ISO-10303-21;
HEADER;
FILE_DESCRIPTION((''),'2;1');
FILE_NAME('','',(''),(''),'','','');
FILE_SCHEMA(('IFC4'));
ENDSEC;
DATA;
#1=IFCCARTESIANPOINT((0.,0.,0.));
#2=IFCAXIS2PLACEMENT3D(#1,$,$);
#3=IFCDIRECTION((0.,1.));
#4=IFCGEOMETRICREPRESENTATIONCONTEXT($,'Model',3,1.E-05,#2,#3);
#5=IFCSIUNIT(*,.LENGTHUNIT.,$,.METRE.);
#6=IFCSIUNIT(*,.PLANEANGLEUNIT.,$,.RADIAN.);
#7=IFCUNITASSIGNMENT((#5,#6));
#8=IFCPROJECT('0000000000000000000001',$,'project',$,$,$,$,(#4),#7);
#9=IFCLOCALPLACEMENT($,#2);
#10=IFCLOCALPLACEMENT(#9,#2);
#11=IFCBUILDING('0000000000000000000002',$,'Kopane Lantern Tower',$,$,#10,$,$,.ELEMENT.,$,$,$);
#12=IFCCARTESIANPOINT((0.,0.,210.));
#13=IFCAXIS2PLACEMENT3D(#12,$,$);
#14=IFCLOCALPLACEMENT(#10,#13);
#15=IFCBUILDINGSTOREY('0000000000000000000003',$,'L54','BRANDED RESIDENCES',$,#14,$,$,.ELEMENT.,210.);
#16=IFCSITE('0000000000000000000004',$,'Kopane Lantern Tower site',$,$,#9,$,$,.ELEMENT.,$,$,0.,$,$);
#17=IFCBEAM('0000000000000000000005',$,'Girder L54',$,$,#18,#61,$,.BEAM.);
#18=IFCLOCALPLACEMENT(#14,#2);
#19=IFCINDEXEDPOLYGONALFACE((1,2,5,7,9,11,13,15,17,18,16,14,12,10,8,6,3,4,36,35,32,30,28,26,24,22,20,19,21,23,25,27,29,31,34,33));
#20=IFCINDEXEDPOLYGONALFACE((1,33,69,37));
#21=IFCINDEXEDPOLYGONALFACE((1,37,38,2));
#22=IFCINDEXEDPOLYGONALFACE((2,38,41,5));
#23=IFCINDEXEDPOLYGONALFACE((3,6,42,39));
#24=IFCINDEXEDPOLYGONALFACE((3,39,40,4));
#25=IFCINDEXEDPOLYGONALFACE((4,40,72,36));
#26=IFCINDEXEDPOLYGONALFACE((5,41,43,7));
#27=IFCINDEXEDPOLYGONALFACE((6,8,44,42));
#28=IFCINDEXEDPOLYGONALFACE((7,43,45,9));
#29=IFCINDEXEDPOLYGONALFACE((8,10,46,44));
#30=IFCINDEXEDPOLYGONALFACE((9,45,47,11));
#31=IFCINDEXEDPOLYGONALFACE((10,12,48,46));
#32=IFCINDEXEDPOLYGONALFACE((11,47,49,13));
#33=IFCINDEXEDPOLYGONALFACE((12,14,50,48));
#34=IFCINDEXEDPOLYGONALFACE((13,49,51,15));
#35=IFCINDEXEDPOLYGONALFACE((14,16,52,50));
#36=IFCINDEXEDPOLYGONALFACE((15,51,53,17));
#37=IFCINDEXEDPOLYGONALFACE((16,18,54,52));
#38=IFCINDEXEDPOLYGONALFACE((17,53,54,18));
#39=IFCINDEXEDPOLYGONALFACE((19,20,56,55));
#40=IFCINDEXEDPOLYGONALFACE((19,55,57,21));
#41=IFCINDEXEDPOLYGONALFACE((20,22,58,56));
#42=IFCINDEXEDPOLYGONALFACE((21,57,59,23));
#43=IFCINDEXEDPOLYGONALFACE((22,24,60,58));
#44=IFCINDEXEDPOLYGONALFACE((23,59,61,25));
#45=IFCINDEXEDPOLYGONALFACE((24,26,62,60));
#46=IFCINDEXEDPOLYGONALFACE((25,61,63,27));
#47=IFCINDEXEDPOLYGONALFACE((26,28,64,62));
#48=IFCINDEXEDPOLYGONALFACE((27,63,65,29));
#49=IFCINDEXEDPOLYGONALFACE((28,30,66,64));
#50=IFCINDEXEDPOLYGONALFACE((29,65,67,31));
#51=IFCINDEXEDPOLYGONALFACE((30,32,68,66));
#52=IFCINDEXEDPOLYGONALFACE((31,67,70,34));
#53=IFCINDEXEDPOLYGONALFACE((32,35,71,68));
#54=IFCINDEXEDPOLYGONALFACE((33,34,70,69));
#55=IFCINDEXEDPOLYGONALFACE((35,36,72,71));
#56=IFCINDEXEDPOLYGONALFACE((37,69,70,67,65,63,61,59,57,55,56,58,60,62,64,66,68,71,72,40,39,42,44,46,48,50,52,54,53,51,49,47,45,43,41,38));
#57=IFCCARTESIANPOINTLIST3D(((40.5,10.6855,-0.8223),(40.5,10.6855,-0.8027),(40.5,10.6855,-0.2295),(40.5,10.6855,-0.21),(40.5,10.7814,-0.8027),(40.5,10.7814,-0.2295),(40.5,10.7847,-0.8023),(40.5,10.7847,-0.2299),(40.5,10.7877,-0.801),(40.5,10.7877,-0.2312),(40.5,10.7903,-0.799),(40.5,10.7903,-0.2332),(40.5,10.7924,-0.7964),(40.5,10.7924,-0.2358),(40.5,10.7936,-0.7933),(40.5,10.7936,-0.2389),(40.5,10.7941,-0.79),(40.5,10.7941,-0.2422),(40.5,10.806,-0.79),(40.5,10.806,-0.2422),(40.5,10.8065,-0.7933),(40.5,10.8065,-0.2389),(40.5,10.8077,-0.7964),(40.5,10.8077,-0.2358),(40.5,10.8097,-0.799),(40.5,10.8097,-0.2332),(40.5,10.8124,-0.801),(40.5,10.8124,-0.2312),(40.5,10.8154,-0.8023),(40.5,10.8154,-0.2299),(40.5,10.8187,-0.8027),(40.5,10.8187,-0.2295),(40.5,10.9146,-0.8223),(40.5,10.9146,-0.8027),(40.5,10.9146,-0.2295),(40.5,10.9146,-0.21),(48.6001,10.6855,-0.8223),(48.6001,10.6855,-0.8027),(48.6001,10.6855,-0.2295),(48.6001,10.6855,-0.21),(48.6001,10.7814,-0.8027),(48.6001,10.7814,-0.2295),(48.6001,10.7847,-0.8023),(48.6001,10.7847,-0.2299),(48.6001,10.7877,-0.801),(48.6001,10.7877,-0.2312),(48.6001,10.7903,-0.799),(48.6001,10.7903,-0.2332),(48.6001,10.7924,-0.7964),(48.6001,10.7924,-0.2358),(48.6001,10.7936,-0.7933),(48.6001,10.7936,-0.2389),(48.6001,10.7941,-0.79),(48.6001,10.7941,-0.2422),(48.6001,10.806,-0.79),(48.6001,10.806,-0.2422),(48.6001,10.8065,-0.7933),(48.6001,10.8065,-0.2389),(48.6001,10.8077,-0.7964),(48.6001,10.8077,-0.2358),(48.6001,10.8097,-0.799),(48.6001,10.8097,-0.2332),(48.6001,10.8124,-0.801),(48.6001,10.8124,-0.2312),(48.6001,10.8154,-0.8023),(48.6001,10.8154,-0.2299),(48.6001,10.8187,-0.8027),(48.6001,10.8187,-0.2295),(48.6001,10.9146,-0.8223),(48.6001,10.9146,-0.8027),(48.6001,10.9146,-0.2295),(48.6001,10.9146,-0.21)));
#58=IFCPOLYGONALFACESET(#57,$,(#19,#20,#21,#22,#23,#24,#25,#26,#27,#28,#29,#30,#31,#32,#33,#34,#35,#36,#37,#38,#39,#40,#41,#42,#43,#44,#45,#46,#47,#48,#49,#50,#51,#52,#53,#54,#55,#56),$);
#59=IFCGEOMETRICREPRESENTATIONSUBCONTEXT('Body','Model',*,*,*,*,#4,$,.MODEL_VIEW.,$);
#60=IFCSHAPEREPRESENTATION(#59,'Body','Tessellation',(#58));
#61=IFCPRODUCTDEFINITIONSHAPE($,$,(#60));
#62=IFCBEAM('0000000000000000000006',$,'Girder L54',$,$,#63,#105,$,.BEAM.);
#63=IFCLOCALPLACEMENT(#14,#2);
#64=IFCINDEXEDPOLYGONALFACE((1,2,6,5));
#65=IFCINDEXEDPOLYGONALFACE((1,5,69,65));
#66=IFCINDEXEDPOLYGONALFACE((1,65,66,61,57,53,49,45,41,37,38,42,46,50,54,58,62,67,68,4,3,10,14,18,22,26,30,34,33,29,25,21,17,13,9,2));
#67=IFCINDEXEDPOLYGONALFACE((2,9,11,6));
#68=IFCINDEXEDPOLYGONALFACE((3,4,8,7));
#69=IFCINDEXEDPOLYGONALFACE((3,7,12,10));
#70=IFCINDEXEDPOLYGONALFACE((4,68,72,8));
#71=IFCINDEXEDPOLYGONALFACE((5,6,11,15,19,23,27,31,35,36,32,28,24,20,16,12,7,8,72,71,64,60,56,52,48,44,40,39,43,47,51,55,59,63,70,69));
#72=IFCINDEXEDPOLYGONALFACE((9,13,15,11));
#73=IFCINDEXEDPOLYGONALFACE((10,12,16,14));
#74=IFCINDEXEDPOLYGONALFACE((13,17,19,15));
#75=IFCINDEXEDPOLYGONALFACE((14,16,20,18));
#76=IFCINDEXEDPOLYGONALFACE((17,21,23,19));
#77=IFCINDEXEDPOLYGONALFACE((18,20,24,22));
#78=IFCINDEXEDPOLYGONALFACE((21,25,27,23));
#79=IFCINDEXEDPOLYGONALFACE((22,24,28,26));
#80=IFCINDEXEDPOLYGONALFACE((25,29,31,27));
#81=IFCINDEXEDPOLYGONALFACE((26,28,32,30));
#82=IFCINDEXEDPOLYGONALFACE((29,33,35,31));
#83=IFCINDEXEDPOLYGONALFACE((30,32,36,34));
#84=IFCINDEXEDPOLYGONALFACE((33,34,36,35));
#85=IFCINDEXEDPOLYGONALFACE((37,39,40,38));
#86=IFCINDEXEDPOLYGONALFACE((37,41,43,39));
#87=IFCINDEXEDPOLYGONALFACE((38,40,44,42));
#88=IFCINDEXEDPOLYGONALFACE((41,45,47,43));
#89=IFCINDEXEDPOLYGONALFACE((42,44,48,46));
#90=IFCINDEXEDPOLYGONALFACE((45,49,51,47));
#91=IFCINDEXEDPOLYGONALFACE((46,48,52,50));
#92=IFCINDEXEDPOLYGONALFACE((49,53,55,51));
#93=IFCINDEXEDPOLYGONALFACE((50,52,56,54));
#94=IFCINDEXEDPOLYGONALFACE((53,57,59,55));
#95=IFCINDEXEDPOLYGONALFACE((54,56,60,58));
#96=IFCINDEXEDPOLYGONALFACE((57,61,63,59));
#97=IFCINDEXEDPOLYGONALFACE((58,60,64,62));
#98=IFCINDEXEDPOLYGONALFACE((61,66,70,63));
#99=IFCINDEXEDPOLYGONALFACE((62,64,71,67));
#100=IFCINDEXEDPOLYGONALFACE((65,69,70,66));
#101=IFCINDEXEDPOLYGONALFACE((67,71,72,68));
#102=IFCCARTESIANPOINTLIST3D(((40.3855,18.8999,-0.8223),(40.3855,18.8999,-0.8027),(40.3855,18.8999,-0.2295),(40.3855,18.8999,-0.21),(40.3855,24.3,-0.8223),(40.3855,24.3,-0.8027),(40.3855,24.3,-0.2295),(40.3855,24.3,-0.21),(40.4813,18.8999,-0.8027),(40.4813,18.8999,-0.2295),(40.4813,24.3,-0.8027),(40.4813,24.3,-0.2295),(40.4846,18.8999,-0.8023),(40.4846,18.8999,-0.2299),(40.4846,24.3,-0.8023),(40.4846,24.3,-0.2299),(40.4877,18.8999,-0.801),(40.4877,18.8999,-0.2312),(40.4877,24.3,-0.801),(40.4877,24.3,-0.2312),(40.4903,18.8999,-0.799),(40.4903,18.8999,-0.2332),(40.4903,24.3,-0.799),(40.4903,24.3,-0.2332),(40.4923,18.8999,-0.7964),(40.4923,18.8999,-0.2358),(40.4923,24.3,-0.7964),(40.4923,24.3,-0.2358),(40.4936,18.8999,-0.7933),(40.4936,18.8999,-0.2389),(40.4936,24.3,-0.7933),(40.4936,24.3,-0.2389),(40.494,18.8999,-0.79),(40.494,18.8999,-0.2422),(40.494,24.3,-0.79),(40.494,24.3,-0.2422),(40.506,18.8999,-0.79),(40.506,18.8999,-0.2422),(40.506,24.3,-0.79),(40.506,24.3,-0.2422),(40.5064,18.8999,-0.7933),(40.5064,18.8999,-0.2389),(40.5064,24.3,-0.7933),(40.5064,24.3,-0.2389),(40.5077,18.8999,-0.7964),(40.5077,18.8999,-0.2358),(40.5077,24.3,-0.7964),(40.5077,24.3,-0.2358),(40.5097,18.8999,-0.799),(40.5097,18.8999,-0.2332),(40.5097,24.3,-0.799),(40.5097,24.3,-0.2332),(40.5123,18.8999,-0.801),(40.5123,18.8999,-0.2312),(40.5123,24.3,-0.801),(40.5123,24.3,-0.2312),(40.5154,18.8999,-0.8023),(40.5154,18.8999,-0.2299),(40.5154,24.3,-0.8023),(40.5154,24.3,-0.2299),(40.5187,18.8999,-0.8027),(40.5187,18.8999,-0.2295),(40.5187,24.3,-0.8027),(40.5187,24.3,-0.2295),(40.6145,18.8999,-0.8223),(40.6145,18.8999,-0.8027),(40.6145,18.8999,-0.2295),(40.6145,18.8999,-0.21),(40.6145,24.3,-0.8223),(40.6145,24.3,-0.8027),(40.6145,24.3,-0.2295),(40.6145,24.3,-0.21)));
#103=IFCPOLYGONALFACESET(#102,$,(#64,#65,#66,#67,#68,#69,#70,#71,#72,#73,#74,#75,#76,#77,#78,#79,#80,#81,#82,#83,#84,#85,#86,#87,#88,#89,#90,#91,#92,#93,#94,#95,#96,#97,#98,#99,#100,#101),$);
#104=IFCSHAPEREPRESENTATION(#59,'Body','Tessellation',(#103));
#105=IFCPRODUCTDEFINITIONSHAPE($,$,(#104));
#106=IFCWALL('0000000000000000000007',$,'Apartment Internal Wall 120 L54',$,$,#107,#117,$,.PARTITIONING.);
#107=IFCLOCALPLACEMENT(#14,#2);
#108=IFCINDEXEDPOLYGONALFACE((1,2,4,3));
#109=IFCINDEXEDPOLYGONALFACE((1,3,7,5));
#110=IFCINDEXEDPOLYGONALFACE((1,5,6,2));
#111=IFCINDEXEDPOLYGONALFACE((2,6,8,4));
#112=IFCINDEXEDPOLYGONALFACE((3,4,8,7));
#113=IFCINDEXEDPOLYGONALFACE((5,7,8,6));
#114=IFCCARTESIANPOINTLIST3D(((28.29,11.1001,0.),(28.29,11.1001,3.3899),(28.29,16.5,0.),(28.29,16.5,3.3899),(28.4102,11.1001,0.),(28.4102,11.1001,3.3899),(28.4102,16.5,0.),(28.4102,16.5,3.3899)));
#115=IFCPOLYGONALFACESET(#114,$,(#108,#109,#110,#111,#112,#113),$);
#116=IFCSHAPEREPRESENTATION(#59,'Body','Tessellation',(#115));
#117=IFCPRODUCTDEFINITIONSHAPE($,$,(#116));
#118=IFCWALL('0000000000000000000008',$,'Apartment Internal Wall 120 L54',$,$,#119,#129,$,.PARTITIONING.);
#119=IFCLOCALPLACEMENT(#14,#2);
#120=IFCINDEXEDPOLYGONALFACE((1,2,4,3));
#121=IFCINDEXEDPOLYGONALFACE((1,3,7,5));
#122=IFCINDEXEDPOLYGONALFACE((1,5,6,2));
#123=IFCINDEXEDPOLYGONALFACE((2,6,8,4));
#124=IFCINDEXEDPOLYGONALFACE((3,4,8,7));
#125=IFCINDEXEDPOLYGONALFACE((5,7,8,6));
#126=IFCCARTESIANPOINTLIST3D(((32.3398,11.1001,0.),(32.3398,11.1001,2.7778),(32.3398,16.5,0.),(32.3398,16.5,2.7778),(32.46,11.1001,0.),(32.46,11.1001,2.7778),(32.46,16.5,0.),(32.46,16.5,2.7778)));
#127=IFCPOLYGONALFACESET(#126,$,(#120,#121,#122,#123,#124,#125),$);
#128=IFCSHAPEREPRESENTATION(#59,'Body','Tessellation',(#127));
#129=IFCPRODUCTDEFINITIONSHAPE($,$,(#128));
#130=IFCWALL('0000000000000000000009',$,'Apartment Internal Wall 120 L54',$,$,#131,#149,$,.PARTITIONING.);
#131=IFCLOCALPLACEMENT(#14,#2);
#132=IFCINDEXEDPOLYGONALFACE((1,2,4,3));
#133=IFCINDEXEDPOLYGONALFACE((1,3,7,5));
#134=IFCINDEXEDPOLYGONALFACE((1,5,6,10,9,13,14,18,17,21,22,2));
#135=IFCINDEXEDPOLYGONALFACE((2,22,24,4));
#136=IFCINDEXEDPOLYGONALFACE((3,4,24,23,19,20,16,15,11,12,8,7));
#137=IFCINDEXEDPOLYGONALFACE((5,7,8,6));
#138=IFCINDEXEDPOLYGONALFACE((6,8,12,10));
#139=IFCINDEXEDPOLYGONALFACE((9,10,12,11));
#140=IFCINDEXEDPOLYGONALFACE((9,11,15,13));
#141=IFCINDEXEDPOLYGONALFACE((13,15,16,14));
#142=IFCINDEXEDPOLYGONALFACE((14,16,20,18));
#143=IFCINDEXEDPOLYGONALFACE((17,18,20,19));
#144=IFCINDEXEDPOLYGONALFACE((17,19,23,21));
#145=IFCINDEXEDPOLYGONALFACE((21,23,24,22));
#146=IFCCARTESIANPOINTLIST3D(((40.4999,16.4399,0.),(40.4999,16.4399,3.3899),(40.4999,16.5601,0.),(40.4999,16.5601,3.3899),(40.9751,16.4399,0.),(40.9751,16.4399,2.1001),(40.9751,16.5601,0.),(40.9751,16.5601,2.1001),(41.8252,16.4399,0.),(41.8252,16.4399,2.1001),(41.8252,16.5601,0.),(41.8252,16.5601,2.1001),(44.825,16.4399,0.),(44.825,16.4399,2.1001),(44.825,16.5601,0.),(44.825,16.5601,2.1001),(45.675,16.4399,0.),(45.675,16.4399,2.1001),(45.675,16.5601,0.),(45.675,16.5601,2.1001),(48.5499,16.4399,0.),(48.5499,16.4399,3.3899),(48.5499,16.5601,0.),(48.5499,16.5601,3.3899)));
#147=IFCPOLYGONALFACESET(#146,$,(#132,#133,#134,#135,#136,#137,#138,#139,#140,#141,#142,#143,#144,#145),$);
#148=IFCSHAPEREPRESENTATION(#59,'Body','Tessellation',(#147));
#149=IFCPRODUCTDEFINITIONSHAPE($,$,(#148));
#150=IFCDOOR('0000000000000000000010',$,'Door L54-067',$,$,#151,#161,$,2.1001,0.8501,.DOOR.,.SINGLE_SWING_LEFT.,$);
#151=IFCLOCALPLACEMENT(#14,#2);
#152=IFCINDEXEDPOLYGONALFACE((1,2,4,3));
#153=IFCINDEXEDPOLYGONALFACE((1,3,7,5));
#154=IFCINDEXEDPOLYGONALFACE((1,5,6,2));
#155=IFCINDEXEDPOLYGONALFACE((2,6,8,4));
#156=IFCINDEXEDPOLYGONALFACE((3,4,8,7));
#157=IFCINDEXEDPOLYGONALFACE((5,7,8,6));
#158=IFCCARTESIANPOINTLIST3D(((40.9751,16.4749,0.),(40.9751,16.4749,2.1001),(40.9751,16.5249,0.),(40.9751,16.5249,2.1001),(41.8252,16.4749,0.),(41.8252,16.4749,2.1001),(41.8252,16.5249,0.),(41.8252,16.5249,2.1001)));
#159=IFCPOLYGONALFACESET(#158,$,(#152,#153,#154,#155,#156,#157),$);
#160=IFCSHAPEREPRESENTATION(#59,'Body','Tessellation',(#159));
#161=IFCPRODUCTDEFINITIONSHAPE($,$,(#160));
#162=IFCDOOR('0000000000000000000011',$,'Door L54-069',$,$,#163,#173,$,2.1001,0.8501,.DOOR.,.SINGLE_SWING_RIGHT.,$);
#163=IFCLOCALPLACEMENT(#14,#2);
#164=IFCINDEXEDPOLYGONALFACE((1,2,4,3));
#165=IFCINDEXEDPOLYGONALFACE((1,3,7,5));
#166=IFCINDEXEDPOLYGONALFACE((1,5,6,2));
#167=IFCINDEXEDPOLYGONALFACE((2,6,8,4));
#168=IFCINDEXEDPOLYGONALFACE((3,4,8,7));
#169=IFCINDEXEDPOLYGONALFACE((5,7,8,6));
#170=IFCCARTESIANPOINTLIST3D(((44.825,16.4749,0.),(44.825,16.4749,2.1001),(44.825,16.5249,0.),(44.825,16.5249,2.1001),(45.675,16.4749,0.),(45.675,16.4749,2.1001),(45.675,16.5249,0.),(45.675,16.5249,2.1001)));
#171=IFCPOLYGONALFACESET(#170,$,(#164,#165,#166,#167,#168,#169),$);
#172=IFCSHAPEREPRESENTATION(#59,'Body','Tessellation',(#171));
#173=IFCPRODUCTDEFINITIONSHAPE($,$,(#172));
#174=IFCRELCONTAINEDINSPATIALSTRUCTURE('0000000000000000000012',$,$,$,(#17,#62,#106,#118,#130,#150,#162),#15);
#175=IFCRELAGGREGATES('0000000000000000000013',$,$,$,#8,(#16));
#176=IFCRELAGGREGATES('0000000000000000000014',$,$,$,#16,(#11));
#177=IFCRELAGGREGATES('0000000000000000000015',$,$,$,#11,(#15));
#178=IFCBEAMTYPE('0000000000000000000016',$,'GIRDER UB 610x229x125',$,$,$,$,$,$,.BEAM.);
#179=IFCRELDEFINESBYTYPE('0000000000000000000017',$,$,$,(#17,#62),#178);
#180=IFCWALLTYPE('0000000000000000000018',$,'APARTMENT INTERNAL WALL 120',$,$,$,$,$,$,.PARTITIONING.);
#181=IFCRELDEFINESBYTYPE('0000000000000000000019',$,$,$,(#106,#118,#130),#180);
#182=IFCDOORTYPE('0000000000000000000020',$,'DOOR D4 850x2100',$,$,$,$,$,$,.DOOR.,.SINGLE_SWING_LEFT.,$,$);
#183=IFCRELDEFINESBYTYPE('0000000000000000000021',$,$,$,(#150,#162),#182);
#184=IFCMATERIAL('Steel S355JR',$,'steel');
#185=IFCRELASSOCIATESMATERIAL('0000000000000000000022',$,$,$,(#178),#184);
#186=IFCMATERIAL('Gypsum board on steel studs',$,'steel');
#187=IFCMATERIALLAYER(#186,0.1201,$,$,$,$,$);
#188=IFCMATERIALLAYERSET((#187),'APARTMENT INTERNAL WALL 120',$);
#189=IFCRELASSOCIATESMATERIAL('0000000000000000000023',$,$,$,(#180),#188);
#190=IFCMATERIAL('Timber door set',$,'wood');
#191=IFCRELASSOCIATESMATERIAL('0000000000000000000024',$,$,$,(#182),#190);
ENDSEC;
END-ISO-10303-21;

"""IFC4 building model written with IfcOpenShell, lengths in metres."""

from ifc_helpers import new_model, si_unit, direction, frame, frame_2d, origin, origin_2d, place, context, subcontext, project, spatial, rectangle, i_section, extrude, material, layer, layer_set, material_profile, profile_set, type_object, element, fill, save


model = new_model("IFC4")

# Units and contexts
model_context = context("Model", 3, precision=1e-05, world=origin(), true_north=direction((0.0, 1.0)))
body_context = subcontext(model_context, "Body", "Model", "MODEL_VIEW")
ifc_project = project(units=[si_unit("LENGTHUNIT", "METRE"), si_unit("PLANEANGLEUNIT", "RADIAN")], contexts=[model_context])

# Site, building, storey
site_placement = place(None, origin())
site = spatial("IfcSite", under=ifc_project, at=site_placement, Name="Kopane Lantern Tower site", CompositionType="ELEMENT", RefElevation=0.0)
building_placement = place(site_placement, origin())
building = spatial("IfcBuilding", under=site, at=building_placement, Name="Kopane Lantern Tower", CompositionType="ELEMENT")
storey_placement = place(building_placement, frame((0.0, 0.0, 210.0)))
storey = spatial("IfcBuildingStorey", under=building, at=storey_placement, Name="L54", Description="BRANDED RESIDENCES", CompositionType="ELEMENT", Elevation=210.0)

# Beams
ifc_material_1 = material(Name="Steel S355JR", Category="steel")
ifc_material_profile_1 = material_profile(ifc_material_1, i_section(OverallWidth=0.229, OverallDepth=0.6123, WebThickness=0.012, FlangeThickness=0.0195, FilletRadius=0.0127, at=origin_2d()), Name="UB 610x229x125")
ifc_profile_set_1 = profile_set([ifc_material_profile_1], Name="Steel S355JR")
beam_type = type_object("IfcBeamType", Name="GIRDER UB 610x229x125", PredefinedType="BEAM", material=ifc_profile_set_1)
beam_1_placement = place(storey_placement, frame((40.5, 10.8, -0.5161), z_axis=(1.0, 0.0, 0.0), x_axis=(0.0, 1.0, 0.0)))
element("IfcBeam", 1, at=beam_1_placement, inside=storey, type_object=beam_type, Name="Girder L54", PredefinedType="BEAM", context=body_context, shape_type="SweptSolid", body=[
    extrude(i_section(OverallWidth=0.229, OverallDepth=0.6123, WebThickness=0.012, FlangeThickness=0.0195, FilletRadius=0.0127, at=origin_2d()), origin(), (0.0, 0.0, 1.0), 8.1001),
])
beam_2_placement = place(storey_placement, frame((40.5, 18.8999, -0.5161), z_axis=(0.0, 1.0, 0.0), x_axis=(-1.0, 0.0, 0.0)))
element("IfcBeam", 2, at=beam_2_placement, inside=storey, type_object=beam_type, Name="Girder L54", PredefinedType="BEAM", context=body_context, shape_type="SweptSolid", body=[
    extrude(i_section(OverallWidth=0.229, OverallDepth=0.6123, WebThickness=0.012, FlangeThickness=0.0195, FilletRadius=0.0127, at=origin_2d()), origin(), (0.0, 0.0, 1.0), 5.4001),
])

# Walls
ifc_material_2 = material(Name="Gypsum board on steel studs", Category="steel")
ifc_layer_1 = layer(ifc_material_2, 0.1201)
ifc_layer_set_1 = layer_set([ifc_layer_1], Name="APARTMENT INTERNAL WALL 120")
wall_type_1 = type_object("IfcWallType", Name="APARTMENT INTERNAL WALL 120", PredefinedType="PARTITIONING", material=ifc_layer_set_1)
wall_1_placement = place(storey_placement, frame((28.3501, 16.5, 0.0), z_axis=(0.0, 0.0, 1.0), x_axis=(0.0, -1.0, 0.0)))
element("IfcWall", 3, at=wall_1_placement, inside=storey, type_object=wall_type_1, Name="Apartment Internal Wall 120 L54", PredefinedType="PARTITIONING", context=body_context, shape_type="SweptSolid", body=[
    extrude(rectangle(XDim=5.3999, YDim=0.1201, at=frame_2d((2.7, 0.0))), origin(), (0.0, 0.0, 1.0), 3.3899),
])
wall_2_placement = place(storey_placement, frame((32.3999, 16.5, 0.0), z_axis=(0.0, 0.0, 1.0), x_axis=(0.0, -1.0, 0.0)))
element("IfcWall", 4, at=wall_2_placement, inside=storey, type_object=wall_type_1, Name="Apartment Internal Wall 120 L54", PredefinedType="PARTITIONING", context=body_context, shape_type="SweptSolid", body=[
    extrude(rectangle(XDim=5.3999, YDim=0.1201, at=frame_2d((2.7, 0.0))), origin(), (0.0, 0.0, 1.0), 2.7778),
])

# Wall, openings, doors
wall_3_placement = place(storey_placement, frame((40.5, 16.5, 0.0), z_axis=(0.0, 0.0, 1.0), x_axis=(1.0, 0.0, 0.0)))
wall_3 = element("IfcWall", 5, at=wall_3_placement, inside=storey, type_object=wall_type_1, Name="Apartment Internal Wall 120 L54", PredefinedType="PARTITIONING", context=body_context, shape_type="SweptSolid", body=[
    extrude(rectangle(XDim=8.05, YDim=0.1201, at=frame_2d((4.0249, 0.0))), origin(), (0.0, 0.0, 1.0), 3.3899),
])
opening_1_placement = place(wall_3_placement, frame((0.4751, 0.0, 0.0)))
opening_1 = element("IfcOpeningElement", 6, at=opening_1_placement, cuts=wall_3, PredefinedType="OPENING", context=body_context, shape_type="SweptSolid", body=[
    extrude(rectangle(XDim=0.8501, YDim=2.1001, at=frame_2d((0.425, 1.05))), frame((0.0, 0.0701, 0.0), z_axis=(0.0, -1.0, 0.0), x_axis=(1.0, 0.0, 0.0)), (0.0, 0.0, 1.0), 0.1401),
])
opening_2_placement = place(wall_3_placement, frame((4.325, 0.0, 0.0)))
opening_2 = element("IfcOpeningElement", 7, at=opening_2_placement, cuts=wall_3, PredefinedType="OPENING", context=body_context, shape_type="SweptSolid", body=[
    extrude(rectangle(XDim=0.8501, YDim=2.1001, at=frame_2d((0.425, 1.05))), frame((0.0, 0.0701, 0.0), z_axis=(0.0, -1.0, 0.0), x_axis=(1.0, 0.0, 0.0)), (0.0, 0.0, 1.0), 0.1401),
])
ifc_material_3 = material(Name="Timber door set", Category="wood")
door_type_1 = type_object("IfcDoorType", Name="DOOR D4 850x2100", OperationType="SINGLE_SWING_LEFT", PredefinedType="DOOR", material=ifc_material_3)
door_1_placement = place(opening_1_placement, origin())
door_1 = element("IfcDoor", 8, at=door_1_placement, inside=storey, type_object=door_type_1, Name="Door L54-067", OperationType="SINGLE_SWING_LEFT", OverallHeight=2.1001, OverallWidth=0.8501, PredefinedType="DOOR", context=body_context, shape_type="SweptSolid", body=[
    extrude(rectangle(XDim=0.8501, YDim=2.1001, at=frame_2d((0.425, 1.05))), frame((0.0, 0.0249, 0.0), z_axis=(0.0, -1.0, 0.0), x_axis=(1.0, 0.0, 0.0)), (0.0, 0.0, 1.0), 0.05),
])
fill(opening_1, door_1)
door_2_placement = place(opening_2_placement, origin())
door_2 = element("IfcDoor", 9, at=door_2_placement, inside=storey, type_object=door_type_1, Name="Door L54-069", OperationType="SINGLE_SWING_RIGHT", OverallHeight=2.1001, OverallWidth=0.8501, PredefinedType="DOOR", context=body_context, shape_type="SweptSolid", body=[
    extrude(rectangle(XDim=0.8501, YDim=2.1001, at=frame_2d((0.425, 1.05))), frame((0.0, 0.0249, 0.0), z_axis=(0.0, -1.0, 0.0), x_axis=(1.0, 0.0, 0.0)), (0.0, 0.0, 1.0), 0.05),
])
fill(opening_2, door_2)

save(model, "model.ifc")
